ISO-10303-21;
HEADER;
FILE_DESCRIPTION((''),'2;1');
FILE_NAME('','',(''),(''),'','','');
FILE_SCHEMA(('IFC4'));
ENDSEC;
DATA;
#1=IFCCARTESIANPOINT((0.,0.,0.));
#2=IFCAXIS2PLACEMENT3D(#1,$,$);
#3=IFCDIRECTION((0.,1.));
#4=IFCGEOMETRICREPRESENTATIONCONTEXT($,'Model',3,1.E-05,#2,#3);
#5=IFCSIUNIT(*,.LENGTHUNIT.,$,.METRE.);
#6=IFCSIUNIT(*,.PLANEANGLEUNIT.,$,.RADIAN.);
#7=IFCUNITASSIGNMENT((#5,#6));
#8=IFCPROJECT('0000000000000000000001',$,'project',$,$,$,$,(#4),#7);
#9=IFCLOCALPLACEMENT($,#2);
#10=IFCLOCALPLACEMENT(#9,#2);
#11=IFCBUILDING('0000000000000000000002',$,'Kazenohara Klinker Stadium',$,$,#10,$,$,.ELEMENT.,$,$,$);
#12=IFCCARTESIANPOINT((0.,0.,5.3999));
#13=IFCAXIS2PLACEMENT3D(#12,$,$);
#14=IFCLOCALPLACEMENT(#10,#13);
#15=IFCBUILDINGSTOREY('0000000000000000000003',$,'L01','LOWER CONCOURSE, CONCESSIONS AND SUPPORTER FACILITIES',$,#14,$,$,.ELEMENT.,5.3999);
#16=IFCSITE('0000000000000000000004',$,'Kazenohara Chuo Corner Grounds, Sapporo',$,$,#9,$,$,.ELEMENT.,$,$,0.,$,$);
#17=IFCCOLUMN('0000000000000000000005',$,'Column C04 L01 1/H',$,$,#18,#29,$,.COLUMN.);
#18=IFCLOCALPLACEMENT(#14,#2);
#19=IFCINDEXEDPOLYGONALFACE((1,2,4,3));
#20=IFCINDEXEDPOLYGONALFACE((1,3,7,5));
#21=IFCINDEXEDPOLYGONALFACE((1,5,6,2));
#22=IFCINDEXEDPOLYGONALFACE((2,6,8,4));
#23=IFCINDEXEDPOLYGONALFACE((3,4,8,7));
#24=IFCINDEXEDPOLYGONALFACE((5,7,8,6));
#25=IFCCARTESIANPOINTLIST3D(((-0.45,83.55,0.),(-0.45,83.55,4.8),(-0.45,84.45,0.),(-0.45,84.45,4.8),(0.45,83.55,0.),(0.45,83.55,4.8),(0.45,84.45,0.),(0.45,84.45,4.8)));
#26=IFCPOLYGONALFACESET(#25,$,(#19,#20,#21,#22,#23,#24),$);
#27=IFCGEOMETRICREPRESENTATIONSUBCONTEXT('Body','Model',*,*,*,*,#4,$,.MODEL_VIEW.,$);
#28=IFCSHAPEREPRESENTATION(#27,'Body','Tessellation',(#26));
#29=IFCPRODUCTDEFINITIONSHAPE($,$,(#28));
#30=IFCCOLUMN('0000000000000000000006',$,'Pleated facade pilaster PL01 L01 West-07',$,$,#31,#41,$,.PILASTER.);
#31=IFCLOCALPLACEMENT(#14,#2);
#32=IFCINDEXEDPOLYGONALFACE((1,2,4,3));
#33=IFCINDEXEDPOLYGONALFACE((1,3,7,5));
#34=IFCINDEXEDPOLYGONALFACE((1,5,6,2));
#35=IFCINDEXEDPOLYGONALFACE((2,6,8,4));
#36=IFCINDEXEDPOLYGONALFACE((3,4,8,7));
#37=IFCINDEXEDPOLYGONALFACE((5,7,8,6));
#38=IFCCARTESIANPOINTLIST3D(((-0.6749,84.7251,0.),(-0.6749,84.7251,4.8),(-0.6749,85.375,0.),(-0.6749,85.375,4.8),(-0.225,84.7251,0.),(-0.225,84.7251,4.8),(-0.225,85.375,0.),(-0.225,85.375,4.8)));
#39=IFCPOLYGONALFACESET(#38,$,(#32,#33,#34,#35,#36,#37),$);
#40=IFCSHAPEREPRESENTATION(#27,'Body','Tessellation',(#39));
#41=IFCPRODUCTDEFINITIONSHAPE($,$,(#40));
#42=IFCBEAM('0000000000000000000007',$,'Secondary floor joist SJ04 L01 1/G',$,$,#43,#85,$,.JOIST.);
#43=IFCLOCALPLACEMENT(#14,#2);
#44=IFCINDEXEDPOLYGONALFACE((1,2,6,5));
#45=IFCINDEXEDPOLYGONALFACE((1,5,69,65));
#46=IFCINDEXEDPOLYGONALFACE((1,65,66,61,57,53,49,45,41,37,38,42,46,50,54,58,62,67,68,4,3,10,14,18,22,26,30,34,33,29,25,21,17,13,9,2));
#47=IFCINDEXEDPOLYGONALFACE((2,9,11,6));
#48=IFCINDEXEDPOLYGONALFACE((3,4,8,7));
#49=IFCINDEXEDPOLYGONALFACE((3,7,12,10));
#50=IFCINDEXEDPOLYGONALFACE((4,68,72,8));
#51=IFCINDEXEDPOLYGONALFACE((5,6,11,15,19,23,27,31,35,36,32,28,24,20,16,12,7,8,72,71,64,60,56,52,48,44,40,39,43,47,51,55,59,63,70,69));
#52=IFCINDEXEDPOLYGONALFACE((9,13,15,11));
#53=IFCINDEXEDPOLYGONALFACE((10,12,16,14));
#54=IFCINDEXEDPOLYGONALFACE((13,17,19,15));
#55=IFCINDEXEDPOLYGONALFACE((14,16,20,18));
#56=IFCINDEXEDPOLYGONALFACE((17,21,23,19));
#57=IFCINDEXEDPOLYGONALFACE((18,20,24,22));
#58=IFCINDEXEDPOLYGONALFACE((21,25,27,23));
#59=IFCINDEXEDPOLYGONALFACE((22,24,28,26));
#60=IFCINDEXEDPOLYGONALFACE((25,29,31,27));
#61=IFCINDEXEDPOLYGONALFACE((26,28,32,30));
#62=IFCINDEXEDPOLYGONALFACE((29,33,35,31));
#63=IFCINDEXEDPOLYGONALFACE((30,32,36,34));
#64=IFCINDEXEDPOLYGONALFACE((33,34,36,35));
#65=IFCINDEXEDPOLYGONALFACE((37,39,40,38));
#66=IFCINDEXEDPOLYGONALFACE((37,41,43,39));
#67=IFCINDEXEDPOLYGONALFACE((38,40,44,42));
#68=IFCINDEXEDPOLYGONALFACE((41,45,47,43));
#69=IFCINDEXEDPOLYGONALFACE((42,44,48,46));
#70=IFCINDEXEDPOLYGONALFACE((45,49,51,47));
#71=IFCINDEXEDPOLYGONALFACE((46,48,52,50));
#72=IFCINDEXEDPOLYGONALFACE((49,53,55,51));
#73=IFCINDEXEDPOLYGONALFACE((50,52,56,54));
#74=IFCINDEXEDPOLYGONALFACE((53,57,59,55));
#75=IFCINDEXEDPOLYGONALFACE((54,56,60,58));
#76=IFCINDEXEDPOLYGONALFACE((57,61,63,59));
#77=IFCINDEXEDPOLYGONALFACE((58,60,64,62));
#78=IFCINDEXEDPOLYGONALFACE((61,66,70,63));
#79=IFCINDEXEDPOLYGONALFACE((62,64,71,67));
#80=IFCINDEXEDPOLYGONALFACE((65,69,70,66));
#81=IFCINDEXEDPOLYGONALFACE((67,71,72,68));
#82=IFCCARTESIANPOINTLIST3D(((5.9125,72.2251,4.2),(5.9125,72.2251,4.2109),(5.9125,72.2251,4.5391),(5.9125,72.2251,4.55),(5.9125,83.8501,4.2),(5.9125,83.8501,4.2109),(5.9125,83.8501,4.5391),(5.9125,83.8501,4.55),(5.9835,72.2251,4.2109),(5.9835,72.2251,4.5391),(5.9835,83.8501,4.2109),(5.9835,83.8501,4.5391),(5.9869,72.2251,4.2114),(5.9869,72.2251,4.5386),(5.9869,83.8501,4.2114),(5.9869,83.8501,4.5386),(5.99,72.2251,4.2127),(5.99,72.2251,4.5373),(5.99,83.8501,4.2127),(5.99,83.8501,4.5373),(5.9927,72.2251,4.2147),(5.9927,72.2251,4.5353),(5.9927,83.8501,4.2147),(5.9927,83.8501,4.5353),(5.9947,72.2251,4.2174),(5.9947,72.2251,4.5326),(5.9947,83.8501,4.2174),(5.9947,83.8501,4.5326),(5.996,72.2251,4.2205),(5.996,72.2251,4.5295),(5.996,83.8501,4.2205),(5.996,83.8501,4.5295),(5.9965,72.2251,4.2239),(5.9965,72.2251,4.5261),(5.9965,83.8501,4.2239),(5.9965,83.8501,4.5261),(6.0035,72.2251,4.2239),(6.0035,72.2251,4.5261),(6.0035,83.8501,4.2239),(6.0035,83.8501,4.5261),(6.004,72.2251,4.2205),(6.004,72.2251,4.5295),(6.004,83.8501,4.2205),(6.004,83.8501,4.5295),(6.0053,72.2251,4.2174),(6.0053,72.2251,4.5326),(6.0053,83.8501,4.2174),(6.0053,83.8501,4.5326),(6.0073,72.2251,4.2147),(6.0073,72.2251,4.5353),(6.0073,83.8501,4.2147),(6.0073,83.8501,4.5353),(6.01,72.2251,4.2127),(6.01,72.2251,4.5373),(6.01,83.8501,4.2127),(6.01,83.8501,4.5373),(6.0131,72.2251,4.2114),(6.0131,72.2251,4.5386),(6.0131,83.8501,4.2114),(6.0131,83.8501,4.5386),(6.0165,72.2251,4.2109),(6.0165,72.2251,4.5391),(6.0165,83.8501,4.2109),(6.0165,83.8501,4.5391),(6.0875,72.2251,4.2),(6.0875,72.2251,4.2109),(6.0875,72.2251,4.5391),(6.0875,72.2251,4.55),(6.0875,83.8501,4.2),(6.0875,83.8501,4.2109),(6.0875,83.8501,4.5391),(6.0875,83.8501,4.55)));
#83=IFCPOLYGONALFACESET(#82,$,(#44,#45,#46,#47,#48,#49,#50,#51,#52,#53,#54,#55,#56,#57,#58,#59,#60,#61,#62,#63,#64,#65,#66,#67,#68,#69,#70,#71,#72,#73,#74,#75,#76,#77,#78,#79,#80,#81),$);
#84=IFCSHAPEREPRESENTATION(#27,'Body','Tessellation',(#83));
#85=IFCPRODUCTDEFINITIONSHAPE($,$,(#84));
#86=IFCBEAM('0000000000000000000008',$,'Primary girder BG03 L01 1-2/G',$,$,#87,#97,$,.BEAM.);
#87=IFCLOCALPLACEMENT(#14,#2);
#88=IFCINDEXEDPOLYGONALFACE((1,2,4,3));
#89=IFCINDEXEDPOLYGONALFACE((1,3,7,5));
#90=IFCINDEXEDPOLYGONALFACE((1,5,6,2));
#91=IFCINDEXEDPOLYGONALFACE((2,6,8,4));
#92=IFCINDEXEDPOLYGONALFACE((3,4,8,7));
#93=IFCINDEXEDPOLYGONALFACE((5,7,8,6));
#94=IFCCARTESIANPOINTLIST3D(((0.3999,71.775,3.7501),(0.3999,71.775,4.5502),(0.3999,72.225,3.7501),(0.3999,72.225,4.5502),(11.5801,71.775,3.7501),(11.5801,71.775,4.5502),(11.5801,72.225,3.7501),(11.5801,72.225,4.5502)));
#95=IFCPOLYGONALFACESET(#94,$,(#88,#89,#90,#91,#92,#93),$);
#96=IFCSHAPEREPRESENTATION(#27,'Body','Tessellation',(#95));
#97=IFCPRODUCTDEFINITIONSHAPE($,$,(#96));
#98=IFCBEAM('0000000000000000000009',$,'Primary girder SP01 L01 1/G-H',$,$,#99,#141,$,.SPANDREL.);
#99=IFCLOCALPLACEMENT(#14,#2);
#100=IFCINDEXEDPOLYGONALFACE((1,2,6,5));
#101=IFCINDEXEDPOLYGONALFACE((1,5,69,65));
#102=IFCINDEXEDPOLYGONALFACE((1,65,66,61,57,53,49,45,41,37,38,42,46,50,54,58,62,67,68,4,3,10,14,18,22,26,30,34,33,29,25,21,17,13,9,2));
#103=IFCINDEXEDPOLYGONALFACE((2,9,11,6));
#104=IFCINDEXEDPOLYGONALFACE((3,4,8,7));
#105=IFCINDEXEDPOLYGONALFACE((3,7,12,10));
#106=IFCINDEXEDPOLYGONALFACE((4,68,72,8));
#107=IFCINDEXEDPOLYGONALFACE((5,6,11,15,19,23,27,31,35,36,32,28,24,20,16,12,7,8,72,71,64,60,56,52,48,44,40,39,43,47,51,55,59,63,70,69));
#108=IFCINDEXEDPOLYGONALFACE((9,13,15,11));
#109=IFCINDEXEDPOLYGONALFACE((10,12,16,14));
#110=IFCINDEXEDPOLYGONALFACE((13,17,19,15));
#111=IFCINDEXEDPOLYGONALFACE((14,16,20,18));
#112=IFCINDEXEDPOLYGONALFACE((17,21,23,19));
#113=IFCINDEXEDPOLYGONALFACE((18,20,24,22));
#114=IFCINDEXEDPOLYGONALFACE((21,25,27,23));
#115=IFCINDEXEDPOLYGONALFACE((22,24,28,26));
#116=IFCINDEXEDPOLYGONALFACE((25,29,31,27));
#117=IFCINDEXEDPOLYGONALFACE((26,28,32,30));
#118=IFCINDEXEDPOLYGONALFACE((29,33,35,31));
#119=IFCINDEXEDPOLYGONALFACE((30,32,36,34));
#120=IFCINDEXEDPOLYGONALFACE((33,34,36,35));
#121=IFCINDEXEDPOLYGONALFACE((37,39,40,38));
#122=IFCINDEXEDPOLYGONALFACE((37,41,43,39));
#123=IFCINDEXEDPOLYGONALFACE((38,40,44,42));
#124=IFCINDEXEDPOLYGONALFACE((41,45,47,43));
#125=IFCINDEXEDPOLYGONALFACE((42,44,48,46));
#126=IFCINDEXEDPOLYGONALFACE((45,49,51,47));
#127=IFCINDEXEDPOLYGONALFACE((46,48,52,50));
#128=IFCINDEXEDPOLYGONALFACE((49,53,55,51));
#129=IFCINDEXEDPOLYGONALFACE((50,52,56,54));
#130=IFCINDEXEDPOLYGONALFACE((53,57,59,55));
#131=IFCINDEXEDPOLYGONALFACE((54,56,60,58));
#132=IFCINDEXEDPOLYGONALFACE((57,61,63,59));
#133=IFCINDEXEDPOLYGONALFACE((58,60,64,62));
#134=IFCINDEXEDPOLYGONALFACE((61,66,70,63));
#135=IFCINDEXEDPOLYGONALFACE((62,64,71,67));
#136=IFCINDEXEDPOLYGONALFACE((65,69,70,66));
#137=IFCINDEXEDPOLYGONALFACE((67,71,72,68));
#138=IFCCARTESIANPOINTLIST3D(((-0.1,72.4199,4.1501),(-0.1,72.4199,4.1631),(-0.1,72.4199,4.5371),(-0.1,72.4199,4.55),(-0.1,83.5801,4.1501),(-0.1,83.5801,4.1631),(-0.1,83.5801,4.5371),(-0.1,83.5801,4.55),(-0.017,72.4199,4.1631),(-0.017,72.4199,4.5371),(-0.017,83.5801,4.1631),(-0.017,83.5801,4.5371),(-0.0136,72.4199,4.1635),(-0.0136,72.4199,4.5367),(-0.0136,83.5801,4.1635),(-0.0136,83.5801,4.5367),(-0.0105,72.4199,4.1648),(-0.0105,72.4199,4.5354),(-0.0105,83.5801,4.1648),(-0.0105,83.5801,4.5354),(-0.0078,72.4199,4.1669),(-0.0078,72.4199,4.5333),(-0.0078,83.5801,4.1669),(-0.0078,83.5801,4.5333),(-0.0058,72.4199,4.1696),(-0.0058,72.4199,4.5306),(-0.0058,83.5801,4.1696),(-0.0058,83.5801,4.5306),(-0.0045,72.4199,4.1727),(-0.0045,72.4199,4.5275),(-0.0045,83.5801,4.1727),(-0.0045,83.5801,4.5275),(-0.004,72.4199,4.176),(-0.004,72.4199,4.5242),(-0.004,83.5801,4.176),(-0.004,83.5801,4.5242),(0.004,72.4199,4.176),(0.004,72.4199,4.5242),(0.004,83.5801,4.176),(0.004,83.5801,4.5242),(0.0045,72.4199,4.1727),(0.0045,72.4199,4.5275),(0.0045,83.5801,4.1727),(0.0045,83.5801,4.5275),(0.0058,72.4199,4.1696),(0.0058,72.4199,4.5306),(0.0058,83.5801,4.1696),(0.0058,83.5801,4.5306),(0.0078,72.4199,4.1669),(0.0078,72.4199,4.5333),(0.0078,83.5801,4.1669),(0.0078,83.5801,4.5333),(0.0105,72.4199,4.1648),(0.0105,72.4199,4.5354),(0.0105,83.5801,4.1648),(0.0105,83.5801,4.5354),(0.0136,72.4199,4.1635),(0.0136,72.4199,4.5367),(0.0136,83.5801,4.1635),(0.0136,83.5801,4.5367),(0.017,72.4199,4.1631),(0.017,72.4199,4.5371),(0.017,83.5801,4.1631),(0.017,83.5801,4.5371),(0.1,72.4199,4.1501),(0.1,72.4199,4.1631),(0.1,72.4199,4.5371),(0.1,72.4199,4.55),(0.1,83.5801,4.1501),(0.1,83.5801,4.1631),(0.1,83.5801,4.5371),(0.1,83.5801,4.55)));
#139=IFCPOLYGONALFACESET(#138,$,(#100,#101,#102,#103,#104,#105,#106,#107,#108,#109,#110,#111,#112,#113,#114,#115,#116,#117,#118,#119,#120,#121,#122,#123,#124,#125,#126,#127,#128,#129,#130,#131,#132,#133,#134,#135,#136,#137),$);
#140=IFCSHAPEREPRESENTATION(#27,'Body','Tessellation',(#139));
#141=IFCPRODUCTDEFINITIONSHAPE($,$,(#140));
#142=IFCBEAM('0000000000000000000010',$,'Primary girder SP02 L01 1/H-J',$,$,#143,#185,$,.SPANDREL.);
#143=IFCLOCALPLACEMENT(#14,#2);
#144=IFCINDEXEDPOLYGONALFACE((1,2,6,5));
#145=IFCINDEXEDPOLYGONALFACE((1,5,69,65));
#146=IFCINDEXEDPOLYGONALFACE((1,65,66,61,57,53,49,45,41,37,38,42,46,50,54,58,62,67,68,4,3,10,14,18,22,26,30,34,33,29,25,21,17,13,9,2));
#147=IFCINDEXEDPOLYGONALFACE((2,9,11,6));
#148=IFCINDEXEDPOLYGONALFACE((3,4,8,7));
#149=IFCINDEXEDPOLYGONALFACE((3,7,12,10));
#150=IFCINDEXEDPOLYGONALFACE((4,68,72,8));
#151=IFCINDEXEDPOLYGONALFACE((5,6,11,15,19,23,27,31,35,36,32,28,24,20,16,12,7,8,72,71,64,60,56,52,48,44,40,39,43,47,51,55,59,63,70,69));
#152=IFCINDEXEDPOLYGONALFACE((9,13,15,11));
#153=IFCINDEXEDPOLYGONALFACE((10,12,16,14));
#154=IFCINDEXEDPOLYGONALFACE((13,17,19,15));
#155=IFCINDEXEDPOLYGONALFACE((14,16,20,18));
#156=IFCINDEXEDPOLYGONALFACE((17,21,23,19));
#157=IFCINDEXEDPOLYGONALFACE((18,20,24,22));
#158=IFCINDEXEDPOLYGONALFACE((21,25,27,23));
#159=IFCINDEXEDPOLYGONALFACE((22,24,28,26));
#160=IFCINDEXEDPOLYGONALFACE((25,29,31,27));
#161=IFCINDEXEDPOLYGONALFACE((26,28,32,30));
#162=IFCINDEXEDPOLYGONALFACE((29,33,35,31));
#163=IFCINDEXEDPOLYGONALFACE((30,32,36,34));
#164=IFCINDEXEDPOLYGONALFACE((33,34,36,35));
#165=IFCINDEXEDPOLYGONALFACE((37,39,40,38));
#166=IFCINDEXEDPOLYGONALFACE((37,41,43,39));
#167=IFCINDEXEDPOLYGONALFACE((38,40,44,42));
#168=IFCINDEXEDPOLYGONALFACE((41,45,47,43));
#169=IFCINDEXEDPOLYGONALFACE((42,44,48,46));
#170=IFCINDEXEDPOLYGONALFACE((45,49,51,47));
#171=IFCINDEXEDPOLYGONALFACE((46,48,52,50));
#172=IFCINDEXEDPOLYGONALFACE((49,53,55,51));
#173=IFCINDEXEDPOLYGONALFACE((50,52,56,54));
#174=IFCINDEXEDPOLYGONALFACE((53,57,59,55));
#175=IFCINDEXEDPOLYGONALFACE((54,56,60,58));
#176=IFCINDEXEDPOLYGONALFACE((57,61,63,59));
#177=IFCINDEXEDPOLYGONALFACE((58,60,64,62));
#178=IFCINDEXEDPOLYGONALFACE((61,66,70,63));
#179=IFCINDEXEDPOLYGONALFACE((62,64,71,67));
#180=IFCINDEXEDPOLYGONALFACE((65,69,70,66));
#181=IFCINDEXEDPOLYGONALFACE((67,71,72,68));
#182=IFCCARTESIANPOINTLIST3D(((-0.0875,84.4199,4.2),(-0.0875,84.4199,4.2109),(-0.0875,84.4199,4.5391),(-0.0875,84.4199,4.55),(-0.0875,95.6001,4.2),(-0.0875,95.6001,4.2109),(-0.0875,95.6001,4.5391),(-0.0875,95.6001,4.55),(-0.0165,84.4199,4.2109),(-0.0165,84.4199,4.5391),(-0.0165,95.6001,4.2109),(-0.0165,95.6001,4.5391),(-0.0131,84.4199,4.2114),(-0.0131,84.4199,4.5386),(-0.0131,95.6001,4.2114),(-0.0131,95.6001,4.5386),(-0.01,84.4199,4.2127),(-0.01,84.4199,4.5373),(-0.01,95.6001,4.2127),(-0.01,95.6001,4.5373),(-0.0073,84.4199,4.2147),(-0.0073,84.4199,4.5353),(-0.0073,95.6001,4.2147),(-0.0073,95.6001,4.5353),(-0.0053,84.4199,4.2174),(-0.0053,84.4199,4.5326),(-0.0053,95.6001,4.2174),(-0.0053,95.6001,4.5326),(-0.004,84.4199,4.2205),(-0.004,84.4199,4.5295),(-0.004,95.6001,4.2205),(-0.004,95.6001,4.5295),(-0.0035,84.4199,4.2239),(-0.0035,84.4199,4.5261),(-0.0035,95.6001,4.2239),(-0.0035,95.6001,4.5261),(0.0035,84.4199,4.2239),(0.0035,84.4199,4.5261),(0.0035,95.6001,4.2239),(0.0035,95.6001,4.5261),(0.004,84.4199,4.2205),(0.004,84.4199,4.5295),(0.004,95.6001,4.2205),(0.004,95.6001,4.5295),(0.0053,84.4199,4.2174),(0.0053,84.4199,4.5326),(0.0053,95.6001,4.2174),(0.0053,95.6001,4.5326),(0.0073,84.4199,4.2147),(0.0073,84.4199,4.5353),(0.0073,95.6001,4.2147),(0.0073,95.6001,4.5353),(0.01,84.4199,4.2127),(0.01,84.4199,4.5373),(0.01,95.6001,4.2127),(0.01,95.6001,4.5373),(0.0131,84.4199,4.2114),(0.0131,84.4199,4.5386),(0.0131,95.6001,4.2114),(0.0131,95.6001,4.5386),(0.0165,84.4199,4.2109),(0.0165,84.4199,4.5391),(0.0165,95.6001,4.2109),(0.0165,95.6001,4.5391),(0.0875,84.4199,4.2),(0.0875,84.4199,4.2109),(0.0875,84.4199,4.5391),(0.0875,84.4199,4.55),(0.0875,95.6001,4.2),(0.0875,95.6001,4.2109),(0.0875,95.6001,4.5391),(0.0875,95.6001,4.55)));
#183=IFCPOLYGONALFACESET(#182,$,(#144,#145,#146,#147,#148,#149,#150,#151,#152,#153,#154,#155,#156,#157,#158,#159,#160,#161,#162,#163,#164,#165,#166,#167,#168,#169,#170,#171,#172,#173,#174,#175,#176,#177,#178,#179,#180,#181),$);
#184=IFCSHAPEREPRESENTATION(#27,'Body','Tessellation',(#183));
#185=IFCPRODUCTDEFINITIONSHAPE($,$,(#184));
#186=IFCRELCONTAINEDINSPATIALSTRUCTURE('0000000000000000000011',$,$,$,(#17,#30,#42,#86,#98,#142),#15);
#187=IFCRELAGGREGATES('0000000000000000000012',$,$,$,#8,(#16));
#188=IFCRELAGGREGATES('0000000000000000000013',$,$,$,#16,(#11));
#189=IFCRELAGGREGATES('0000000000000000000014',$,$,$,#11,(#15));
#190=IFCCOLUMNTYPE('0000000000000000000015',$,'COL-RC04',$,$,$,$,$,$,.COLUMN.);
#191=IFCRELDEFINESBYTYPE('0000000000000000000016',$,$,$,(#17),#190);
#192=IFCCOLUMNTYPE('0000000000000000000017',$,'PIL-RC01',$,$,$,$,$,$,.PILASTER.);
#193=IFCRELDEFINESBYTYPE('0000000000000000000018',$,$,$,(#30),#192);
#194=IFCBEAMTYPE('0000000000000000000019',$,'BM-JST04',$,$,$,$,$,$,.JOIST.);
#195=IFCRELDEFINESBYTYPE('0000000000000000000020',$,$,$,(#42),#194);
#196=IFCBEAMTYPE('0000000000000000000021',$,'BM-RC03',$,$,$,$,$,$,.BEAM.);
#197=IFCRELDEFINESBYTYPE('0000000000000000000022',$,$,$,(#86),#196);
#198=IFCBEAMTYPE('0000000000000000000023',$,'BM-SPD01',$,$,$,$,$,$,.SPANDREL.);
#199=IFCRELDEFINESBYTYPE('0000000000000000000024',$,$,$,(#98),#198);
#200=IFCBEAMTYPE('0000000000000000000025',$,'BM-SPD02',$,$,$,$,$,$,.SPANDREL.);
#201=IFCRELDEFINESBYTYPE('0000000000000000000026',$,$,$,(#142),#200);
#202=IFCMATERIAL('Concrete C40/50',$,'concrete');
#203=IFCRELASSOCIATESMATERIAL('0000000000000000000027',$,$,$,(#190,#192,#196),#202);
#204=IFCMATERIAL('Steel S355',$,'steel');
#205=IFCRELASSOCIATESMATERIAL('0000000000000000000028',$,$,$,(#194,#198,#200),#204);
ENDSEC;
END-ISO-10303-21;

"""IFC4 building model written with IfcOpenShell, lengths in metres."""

from ifc_helpers import new_model, si_unit, direction, frame, origin, origin_2d, place, context, subcontext, project, spatial, rectangle, i_section, extrude, material, material_profile, profile_set, type_object, element, save


model = new_model("IFC4")

# Units and contexts
model_context = context("Model", 3, precision=1e-05, world=origin(), true_north=direction((0.0, 1.0)))
body_context = subcontext(model_context, "Body", "Model", "MODEL_VIEW")
ifc_project = project(units=[si_unit("LENGTHUNIT", "METRE"), si_unit("PLANEANGLEUNIT", "RADIAN")], contexts=[model_context])

# Site, building, storey
site_placement = place(None, origin())
site = spatial("IfcSite", under=ifc_project, at=site_placement, Name="Kazenohara Chuo Corner Grounds, Sapporo", CompositionType="ELEMENT", RefElevation=0.0)
building_placement = place(site_placement, origin())
building = spatial("IfcBuilding", under=site, at=building_placement, Name="Kazenohara Klinker Stadium", CompositionType="ELEMENT")
storey_placement = place(building_placement, frame((0.0, 0.0, 5.3999)))
storey = spatial("IfcBuildingStorey", under=building, at=storey_placement, Name="L01", Description="LOWER CONCOURSE, CONCESSIONS AND SUPPORTER FACILITIES", CompositionType="ELEMENT", Elevation=5.3999)

# Columns
ifc_material_1 = material(Name="Concrete C40/50", Category="concrete")
ifc_material_profile_1 = material_profile(ifc_material_1, rectangle(XDim=0.8999, YDim=0.8999, at=origin_2d()), Name="RC-COL-900x900")
ifc_profile_set_1 = profile_set([ifc_material_profile_1], Name="Concrete C40/50")
column_type_1 = type_object("IfcColumnType", Name="COL-RC04", PredefinedType="COLUMN", material=ifc_profile_set_1)
column_1_placement = place(storey_placement, frame((0.0, 84.0, 0.0), z_axis=(0.0, 0.0, 1.0), x_axis=(1.0, 0.0, 0.0)))
element("IfcColumn", 1, at=column_1_placement, inside=storey, type_object=column_type_1, Name="Column C04 L01 1/H", PredefinedType="COLUMN", context=body_context, shape_type="SweptSolid", body=[
    extrude(rectangle(XDim=0.8999, YDim=0.8999, at=origin_2d()), origin(), (0.0, 0.0, 1.0), 4.8),
])
ifc_material_profile_2 = material_profile(ifc_material_1, rectangle(XDim=0.45, YDim=0.6499, at=origin_2d()), Name="RC-PILASTER-450x650")
ifc_profile_set_2 = profile_set([ifc_material_profile_2], Name="Concrete C40/50")
column_type_2 = type_object("IfcColumnType", Name="PIL-RC01", PredefinedType="PILASTER", material=ifc_profile_set_2)
column_2_placement = place(storey_placement, frame((-0.45, 85.05, 0.0), z_axis=(0.0, 0.0, 1.0), x_axis=(1.0, 0.0, 0.0)))
element("IfcColumn", 2, at=column_2_placement, inside=storey, type_object=column_type_2, Name="Pleated facade pilaster PL01 L01 West-07", PredefinedType="PILASTER", context=body_context, shape_type="SweptSolid", body=[
    extrude(rectangle(XDim=0.45, YDim=0.6499, at=origin_2d()), origin(), (0.0, 0.0, 1.0), 4.8),
])

# Beams
ifc_material_2 = material(Name="Steel S355", Category="steel")
ifc_material_profile_3 = material_profile(ifc_material_2, i_section(OverallWidth=0.175, OverallDepth=0.3501, WebThickness=0.0071, FlangeThickness=0.011, FilletRadius=0.0129, at=origin_2d()), Name="H-350x175x7x11")
ifc_profile_set_3 = profile_set([ifc_material_profile_3], Name="Steel S355")
beam_type_1 = type_object("IfcBeamType", Name="BM-JST04", PredefinedType="JOIST", material=ifc_profile_set_3)
beam_1_placement = place(storey_placement, frame((6.0, 72.2251, 4.375), z_axis=(0.0, 1.0, 0.0), x_axis=(-1.0, 0.0, 0.0)))
element("IfcBeam", 3, at=beam_1_placement, inside=storey, type_object=beam_type_1, Name="Secondary floor joist SJ04 L01 1/G", PredefinedType="JOIST", context=body_context, shape_type="SweptSolid", body=[
    extrude(i_section(OverallWidth=0.175, OverallDepth=0.3501, WebThickness=0.0071, FlangeThickness=0.011, FilletRadius=0.0129, at=origin_2d()), origin(), (0.0, 0.0, 1.0), 11.625),
])
ifc_material_profile_4 = material_profile(ifc_material_1, rectangle(XDim=0.45, YDim=0.8, at=origin_2d()), Name="RC-BM-450x800")
ifc_profile_set_4 = profile_set([ifc_material_profile_4], Name="Concrete C40/50")
beam_type_2 = type_object("IfcBeamType", Name="BM-RC03", PredefinedType="BEAM", material=ifc_profile_set_4)
beam_2_placement = place(storey_placement, frame((0.3999, 72.0, 4.1501), z_axis=(1.0, 0.0, 0.0), x_axis=(0.0, 1.0, 0.0)))
element("IfcBeam", 4, at=beam_2_placement, inside=storey, type_object=beam_type_2, Name="Primary girder BG03 L01 1-2/G", PredefinedType="BEAM", context=body_context, shape_type="SweptSolid", body=[
    extrude(rectangle(XDim=0.45, YDim=0.8, at=origin_2d()), origin(), (0.0, 0.0, 1.0), 11.1802),
])
ifc_material_profile_5 = material_profile(ifc_material_2, i_section(OverallWidth=0.2, OverallDepth=0.3999, WebThickness=0.0081, FlangeThickness=0.0129, FilletRadius=0.0129, at=origin_2d()), Name="H-400x200x8x13")
ifc_profile_set_5 = profile_set([ifc_material_profile_5], Name="Steel S355")
beam_type_3 = type_object("IfcBeamType", Name="BM-SPD01", PredefinedType="SPANDREL", material=ifc_profile_set_5)
beam_3_placement = place(storey_placement, frame((0.0, 72.4199, 4.3501), z_axis=(0.0, 1.0, 0.0), x_axis=(-1.0, 0.0, 0.0)))
element("IfcBeam", 5, at=beam_3_placement, inside=storey, type_object=beam_type_3, Name="Primary girder SP01 L01 1/G-H", PredefinedType="SPANDREL", context=body_context, shape_type="SweptSolid", body=[
    extrude(i_section(OverallWidth=0.2, OverallDepth=0.3999, WebThickness=0.0081, FlangeThickness=0.0129, FilletRadius=0.0129, at=origin_2d()), origin(), (0.0, 0.0, 1.0), 11.1602),
])
ifc_material_profile_6 = material_profile(ifc_material_2, i_section(OverallWidth=0.175, OverallDepth=0.3501, WebThickness=0.0071, FlangeThickness=0.011, FilletRadius=0.0129, at=origin_2d()), Name="H-350x175x7x11")
ifc_profile_set_6 = profile_set([ifc_material_profile_6], Name="Steel S355")
beam_type_4 = type_object("IfcBeamType", Name="BM-SPD02", PredefinedType="SPANDREL", material=ifc_profile_set_6)
beam_4_placement = place(storey_placement, frame((0.0, 84.4199, 4.375), z_axis=(0.0, 1.0, 0.0), x_axis=(-1.0, 0.0, 0.0)))
element("IfcBeam", 6, at=beam_4_placement, inside=storey, type_object=beam_type_4, Name="Primary girder SP02 L01 1/H-J", PredefinedType="SPANDREL", context=body_context, shape_type="SweptSolid", body=[
    extrude(i_section(OverallWidth=0.175, OverallDepth=0.3501, WebThickness=0.0071, FlangeThickness=0.011, FilletRadius=0.0129, at=origin_2d()), origin(), (0.0, 0.0, 1.0), 11.1802),
])

save(model, "model.ifc")
